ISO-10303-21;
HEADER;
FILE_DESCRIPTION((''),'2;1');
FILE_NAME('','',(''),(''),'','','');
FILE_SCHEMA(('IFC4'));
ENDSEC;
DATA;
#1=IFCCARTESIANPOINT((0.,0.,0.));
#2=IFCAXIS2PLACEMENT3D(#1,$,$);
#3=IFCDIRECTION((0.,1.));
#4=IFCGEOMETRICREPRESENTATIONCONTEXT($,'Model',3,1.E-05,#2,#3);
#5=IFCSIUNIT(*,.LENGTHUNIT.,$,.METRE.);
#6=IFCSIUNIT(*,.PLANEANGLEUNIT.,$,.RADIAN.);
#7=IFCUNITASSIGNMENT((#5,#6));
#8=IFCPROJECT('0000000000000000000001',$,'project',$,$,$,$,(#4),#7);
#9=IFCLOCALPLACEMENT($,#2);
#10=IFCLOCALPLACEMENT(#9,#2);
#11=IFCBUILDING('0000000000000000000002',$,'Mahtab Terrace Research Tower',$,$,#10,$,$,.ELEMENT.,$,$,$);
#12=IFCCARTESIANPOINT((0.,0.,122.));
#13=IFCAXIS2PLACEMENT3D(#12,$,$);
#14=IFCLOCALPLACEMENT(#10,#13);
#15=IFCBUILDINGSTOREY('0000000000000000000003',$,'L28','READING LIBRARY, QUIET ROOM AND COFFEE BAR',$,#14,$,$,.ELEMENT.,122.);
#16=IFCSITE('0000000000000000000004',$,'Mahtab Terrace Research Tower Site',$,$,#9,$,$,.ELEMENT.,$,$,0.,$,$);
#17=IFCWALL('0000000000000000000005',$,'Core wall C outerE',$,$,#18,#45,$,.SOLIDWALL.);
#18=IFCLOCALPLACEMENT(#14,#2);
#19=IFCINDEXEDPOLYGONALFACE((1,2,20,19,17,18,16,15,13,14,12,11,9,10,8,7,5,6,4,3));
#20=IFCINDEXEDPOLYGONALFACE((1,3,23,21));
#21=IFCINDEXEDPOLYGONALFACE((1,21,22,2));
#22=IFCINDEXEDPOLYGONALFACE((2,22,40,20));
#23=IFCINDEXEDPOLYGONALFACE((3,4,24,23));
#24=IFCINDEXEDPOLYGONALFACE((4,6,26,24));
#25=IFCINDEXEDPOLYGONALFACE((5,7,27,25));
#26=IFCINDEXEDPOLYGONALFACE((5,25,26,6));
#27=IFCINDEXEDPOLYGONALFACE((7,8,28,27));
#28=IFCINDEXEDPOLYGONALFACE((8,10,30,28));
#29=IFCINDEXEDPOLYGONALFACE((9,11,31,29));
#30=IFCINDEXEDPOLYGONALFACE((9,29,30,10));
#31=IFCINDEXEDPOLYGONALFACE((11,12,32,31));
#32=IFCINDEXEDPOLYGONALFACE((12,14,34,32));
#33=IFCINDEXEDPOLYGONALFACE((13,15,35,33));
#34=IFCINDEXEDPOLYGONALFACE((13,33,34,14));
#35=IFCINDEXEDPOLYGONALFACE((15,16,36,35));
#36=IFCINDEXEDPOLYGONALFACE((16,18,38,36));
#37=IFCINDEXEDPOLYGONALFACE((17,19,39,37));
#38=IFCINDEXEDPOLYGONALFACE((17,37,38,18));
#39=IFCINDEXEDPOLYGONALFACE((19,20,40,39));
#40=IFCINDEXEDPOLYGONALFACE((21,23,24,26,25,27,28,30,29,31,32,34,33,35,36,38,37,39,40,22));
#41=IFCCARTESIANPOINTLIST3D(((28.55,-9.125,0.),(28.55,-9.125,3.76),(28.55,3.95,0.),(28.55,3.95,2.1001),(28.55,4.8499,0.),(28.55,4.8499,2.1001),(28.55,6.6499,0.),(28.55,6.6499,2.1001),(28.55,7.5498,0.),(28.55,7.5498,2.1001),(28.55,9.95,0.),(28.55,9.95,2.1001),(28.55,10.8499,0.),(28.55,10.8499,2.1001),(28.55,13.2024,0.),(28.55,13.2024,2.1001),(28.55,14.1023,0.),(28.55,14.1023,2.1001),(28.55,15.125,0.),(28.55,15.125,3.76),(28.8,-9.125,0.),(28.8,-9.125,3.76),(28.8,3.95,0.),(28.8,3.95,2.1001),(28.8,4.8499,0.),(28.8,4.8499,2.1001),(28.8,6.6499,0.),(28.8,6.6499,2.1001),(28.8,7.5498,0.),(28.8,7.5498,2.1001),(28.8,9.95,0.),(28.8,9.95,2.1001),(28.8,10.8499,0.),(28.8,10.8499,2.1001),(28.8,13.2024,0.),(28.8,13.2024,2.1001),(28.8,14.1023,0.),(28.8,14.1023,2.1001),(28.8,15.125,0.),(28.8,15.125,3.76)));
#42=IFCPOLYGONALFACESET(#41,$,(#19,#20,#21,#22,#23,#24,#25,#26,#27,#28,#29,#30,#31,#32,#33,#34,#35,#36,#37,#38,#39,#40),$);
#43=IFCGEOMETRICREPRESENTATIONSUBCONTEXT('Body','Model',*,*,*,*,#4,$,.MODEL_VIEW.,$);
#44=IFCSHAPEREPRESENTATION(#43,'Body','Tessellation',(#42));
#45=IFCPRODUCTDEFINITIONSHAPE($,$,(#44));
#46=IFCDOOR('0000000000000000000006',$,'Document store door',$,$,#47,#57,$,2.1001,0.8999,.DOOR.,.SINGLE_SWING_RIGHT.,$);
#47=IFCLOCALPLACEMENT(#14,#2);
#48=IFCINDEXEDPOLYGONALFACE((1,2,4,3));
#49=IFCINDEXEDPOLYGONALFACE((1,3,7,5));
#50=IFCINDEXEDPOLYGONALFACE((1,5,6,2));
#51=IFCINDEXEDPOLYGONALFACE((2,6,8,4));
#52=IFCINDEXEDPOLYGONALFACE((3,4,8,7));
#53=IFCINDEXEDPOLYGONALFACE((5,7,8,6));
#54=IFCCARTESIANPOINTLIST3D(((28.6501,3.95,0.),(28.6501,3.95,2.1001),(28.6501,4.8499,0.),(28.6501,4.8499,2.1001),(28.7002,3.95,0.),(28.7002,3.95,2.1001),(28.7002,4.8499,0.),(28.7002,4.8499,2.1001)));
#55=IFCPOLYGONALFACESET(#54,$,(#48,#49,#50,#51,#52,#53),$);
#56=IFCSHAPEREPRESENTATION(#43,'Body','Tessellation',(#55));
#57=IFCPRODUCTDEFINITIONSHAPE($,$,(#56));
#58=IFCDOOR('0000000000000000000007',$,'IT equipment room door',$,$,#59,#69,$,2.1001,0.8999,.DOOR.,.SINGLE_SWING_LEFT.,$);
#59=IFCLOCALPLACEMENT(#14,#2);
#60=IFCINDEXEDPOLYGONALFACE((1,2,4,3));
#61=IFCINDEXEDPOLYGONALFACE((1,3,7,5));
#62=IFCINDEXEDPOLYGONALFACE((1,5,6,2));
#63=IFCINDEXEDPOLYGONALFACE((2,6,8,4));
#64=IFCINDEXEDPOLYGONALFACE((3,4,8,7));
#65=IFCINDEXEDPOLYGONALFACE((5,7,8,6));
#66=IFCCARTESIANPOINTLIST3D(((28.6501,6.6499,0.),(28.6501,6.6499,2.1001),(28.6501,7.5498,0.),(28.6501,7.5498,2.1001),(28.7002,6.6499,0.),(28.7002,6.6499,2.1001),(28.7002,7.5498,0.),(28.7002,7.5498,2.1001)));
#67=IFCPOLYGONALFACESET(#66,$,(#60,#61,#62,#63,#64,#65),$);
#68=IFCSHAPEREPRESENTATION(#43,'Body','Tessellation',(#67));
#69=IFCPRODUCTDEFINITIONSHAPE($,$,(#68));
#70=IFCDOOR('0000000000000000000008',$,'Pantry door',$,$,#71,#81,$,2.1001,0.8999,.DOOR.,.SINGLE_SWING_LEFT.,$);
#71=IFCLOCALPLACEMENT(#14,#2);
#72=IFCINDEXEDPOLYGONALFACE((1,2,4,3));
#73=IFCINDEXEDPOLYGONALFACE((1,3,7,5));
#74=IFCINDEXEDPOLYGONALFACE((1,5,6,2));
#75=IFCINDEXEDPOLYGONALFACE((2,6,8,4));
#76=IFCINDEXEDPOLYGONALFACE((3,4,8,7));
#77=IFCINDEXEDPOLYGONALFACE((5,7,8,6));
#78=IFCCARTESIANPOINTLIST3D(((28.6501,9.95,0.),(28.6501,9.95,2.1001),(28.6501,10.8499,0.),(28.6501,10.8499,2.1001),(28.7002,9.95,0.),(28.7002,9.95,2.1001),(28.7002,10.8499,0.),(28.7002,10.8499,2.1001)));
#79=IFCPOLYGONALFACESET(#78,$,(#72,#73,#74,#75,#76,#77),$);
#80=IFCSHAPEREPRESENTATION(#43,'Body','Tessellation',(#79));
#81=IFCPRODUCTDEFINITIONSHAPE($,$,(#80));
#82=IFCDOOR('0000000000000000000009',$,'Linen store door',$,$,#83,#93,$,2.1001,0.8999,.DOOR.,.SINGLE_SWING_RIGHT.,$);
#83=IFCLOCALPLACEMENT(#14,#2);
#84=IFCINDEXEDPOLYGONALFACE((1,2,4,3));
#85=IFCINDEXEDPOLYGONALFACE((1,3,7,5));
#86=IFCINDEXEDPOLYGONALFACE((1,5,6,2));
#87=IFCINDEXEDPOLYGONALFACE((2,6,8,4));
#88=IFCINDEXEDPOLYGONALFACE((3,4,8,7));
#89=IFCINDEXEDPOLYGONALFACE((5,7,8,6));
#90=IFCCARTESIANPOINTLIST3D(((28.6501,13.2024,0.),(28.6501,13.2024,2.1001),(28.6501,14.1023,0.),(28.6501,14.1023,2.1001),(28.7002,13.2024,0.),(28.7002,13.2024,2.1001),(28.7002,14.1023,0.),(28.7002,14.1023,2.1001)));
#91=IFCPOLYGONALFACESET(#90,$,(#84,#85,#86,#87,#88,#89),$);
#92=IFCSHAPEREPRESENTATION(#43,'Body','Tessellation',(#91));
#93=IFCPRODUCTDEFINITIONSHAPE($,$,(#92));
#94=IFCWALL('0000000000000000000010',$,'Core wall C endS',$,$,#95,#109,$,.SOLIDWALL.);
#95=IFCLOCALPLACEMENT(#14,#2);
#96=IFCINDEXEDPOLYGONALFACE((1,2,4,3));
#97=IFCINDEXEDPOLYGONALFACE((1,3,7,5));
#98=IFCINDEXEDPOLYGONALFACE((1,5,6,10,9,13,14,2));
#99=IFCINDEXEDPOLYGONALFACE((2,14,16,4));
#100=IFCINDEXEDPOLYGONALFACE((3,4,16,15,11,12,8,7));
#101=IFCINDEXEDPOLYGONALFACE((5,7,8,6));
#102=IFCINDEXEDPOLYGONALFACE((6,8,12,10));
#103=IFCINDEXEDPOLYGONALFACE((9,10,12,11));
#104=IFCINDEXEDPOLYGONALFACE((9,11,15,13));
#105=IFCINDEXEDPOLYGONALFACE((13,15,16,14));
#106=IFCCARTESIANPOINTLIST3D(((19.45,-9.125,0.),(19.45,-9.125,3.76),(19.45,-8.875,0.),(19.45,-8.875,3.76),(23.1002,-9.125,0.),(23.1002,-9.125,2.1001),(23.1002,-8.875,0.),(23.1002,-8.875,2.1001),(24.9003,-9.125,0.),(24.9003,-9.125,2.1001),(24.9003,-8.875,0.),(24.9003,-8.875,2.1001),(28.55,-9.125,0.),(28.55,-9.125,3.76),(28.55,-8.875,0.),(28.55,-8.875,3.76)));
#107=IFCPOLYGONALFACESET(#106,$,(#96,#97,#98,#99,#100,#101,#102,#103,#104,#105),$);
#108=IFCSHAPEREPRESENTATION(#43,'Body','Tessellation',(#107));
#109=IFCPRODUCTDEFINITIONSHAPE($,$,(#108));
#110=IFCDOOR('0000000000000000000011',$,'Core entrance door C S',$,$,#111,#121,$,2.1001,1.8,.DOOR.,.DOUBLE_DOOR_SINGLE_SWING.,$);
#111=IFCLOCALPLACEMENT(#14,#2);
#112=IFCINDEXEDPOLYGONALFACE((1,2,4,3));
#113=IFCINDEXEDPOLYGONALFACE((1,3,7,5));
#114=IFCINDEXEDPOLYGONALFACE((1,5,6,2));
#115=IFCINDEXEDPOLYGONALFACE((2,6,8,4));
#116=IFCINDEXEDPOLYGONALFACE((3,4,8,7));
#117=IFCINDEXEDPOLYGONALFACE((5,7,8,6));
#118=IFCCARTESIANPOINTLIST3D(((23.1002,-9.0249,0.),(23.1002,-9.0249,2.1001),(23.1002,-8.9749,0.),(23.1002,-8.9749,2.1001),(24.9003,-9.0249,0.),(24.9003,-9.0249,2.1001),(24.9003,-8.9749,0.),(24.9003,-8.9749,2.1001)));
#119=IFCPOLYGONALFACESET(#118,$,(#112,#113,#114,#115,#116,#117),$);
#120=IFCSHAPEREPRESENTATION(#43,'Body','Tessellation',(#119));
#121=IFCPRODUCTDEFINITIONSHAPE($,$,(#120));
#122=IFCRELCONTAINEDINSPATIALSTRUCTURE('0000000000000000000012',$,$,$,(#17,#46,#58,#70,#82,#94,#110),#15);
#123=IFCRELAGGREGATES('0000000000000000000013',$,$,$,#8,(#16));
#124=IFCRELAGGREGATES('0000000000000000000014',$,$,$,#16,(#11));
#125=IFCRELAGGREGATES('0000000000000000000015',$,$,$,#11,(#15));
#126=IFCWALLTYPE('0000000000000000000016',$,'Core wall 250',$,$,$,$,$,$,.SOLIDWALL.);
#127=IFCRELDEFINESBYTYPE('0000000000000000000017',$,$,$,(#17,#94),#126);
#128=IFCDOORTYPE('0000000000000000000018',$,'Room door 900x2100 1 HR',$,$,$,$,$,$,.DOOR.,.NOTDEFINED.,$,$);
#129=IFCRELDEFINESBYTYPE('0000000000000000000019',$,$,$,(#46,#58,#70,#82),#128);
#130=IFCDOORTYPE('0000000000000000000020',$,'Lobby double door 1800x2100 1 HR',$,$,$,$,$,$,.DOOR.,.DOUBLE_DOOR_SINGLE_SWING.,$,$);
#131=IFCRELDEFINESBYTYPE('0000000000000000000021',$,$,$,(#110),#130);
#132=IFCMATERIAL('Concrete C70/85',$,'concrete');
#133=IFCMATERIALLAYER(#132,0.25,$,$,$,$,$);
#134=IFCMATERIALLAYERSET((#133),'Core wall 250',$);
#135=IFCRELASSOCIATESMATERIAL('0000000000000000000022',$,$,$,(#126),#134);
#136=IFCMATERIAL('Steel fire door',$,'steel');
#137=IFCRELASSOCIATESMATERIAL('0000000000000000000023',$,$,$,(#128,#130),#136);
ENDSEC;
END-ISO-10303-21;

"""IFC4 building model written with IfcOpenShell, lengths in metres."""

from ifc_helpers import new_model, si_unit, direction, frame, frame_2d, origin, place, context, subcontext, project, spatial, rectangle, extrude, material, layer, layer_set, type_object, element, fill, save


model = new_model("IFC4")

# Units and contexts
model_context = context("Model", 3, precision=1e-05, world=origin(), true_north=direction((0.0, 1.0)))
body_context = subcontext(model_context, "Body", "Model", "MODEL_VIEW")
ifc_project = project(units=[si_unit("LENGTHUNIT", "METRE"), si_unit("PLANEANGLEUNIT", "RADIAN")], contexts=[model_context])

# Site, building, storey
site_placement = place(None, origin())
site = spatial("IfcSite", under=ifc_project, at=site_placement, Name="Mahtab Terrace Research Tower Site", CompositionType="ELEMENT", RefElevation=0.0)
building_placement = place(site_placement, origin())
building = spatial("IfcBuilding", under=site, at=building_placement, Name="Mahtab Terrace Research Tower", CompositionType="ELEMENT")
storey_placement = place(building_placement, frame((0.0, 0.0, 122.0)))
storey = spatial("IfcBuildingStorey", under=building, at=storey_placement, Name="L28", Description="READING LIBRARY, QUIET ROOM AND COFFEE BAR", CompositionType="ELEMENT", Elevation=122.0)

# Wall, openings, doors
ifc_material_1 = material(Name="Concrete C70/85", Category="concrete")
ifc_layer_1 = layer(ifc_material_1, 0.25)
ifc_layer_set_1 = layer_set([ifc_layer_1], Name="Core wall 250")
wall_type_1 = type_object("IfcWallType", Name="Core wall 250", PredefinedType="SOLIDWALL", material=ifc_layer_set_1)
wall_1_placement = place(storey_placement, frame((28.675, -9.125, 0.0), z_axis=(0.0, 0.0, 1.0), x_axis=(0.0, 1.0, 0.0)))
wall_1 = element("IfcWall", 1, at=wall_1_placement, inside=storey, type_object=wall_type_1, Name="Core wall C outerE", PredefinedType="SOLIDWALL", context=body_context, shape_type="SweptSolid", body=[
    extrude(rectangle(XDim=24.25, YDim=0.25, at=frame_2d((12.125, 0.0))), origin(), (0.0, 0.0, 1.0), 3.76),
])
opening_1_placement = place(wall_1_placement, frame((13.075, 0.0, 0.0)))
opening_1 = element("IfcOpeningElement", 2, at=opening_1_placement, cuts=wall_1, PredefinedType="OPENING", context=body_context, shape_type="SweptSolid", body=[
    extrude(rectangle(XDim=0.8999, YDim=2.1001, at=frame_2d((0.45, 1.05))), frame((0.0, 0.135, 0.0), z_axis=(0.0, -1.0, 0.0), x_axis=(1.0, 0.0, 0.0)), (0.0, 0.0, 1.0), 0.27),
])
opening_2_placement = place(wall_1_placement, frame((15.7749, 0.0, 0.0)))
opening_2 = element("IfcOpeningElement", 3, at=opening_2_placement, cuts=wall_1, PredefinedType="OPENING", context=body_context, shape_type="SweptSolid", body=[
    extrude(rectangle(XDim=0.8999, YDim=2.1001, at=frame_2d((0.45, 1.05))), frame((0.0, 0.135, 0.0), z_axis=(0.0, -1.0, 0.0), x_axis=(1.0, 0.0, 0.0)), (0.0, 0.0, 1.0), 0.27),
])
opening_3_placement = place(wall_1_placement, frame((19.075, 0.0, 0.0)))
opening_3 = element("IfcOpeningElement", 4, at=opening_3_placement, cuts=wall_1, PredefinedType="OPENING", context=body_context, shape_type="SweptSolid", body=[
    extrude(rectangle(XDim=0.8999, YDim=2.1001, at=frame_2d((0.45, 1.05))), frame((0.0, 0.135, 0.0), z_axis=(0.0, -1.0, 0.0), x_axis=(1.0, 0.0, 0.0)), (0.0, 0.0, 1.0), 0.27),
])
opening_4_placement = place(wall_1_placement, frame((22.3274, 0.0, 0.0)))
opening_4 = element("IfcOpeningElement", 5, at=opening_4_placement, cuts=wall_1, PredefinedType="OPENING", context=body_context, shape_type="SweptSolid", body=[
    extrude(rectangle(XDim=0.8999, YDim=2.1001, at=frame_2d((0.45, 1.05))), frame((0.0, 0.135, 0.0), z_axis=(0.0, -1.0, 0.0), x_axis=(1.0, 0.0, 0.0)), (0.0, 0.0, 1.0), 0.27),
])
ifc_material_2 = material(Name="Steel fire door", Category="steel")
door_type_1 = type_object("IfcDoorType", Name="Room door 900x2100 1 HR", OperationType="NOTDEFINED", PredefinedType="DOOR", material=ifc_material_2)
door_1_placement = place(opening_1_placement, origin())
door_1 = element("IfcDoor", 6, at=door_1_placement, inside=storey, type_object=door_type_1, Name="Document store door", OperationType="SINGLE_SWING_RIGHT", OverallHeight=2.1001, OverallWidth=0.8999, PredefinedType="DOOR", context=body_context, shape_type="SweptSolid", body=[
    extrude(rectangle(XDim=0.8999, YDim=2.1001, at=frame_2d((0.45, 1.05))), frame((0.0, 0.0249, 0.0), z_axis=(0.0, -1.0, 0.0), x_axis=(1.0, 0.0, 0.0)), (0.0, 0.0, 1.0), 0.05),
])
fill(opening_1, door_1)
door_2_placement = place(opening_2_placement, origin())
door_2 = element("IfcDoor", 7, at=door_2_placement, inside=storey, type_object=door_type_1, Name="IT equipment room door", OperationType="SINGLE_SWING_LEFT", OverallHeight=2.1001, OverallWidth=0.8999, PredefinedType="DOOR", context=body_context, shape_type="SweptSolid", body=[
    extrude(rectangle(XDim=0.8999, YDim=2.1001, at=frame_2d((0.45, 1.05))), frame((0.0, 0.0249, 0.0), z_axis=(0.0, -1.0, 0.0), x_axis=(1.0, 0.0, 0.0)), (0.0, 0.0, 1.0), 0.05),
])
fill(opening_2, door_2)
door_3_placement = place(opening_3_placement, origin())
door_3 = element("IfcDoor", 8, at=door_3_placement, inside=storey, type_object=door_type_1, Name="Pantry door", OperationType="SINGLE_SWING_LEFT", OverallHeight=2.1001, OverallWidth=0.8999, PredefinedType="DOOR", context=body_context, shape_type="SweptSolid", body=[
    extrude(rectangle(XDim=0.8999, YDim=2.1001, at=frame_2d((0.45, 1.05))), frame((0.0, 0.0249, 0.0), z_axis=(0.0, -1.0, 0.0), x_axis=(1.0, 0.0, 0.0)), (0.0, 0.0, 1.0), 0.05),
])
fill(opening_3, door_3)
door_4_placement = place(opening_4_placement, origin())
door_4 = element("IfcDoor", 9, at=door_4_placement, inside=storey, type_object=door_type_1, Name="Linen store door", OperationType="SINGLE_SWING_RIGHT", OverallHeight=2.1001, OverallWidth=0.8999, PredefinedType="DOOR", context=body_context, shape_type="SweptSolid", body=[
    extrude(rectangle(XDim=0.8999, YDim=2.1001, at=frame_2d((0.45, 1.05))), frame((0.0, 0.0249, 0.0), z_axis=(0.0, -1.0, 0.0), x_axis=(1.0, 0.0, 0.0)), (0.0, 0.0, 1.0), 0.05),
])
fill(opening_4, door_4)

# Wall, opening, door
wall_2_placement = place(storey_placement, frame((28.55, -9.0, 0.0), z_axis=(0.0, 0.0, 1.0), x_axis=(-1.0, 0.0, 0.0)))
wall_2 = element("IfcWall", 10, at=wall_2_placement, inside=storey, type_object=wall_type_1, Name="Core wall C endS", PredefinedType="SOLIDWALL", context=body_context, shape_type="SweptSolid", body=[
    extrude(rectangle(XDim=9.1001, YDim=0.25, at=frame_2d((4.55, 0.0))), origin(), (0.0, 0.0, 1.0), 3.76),
])
opening_5_placement = place(wall_2_placement, frame((3.6499, 0.0, 0.0)))
opening_5 = element("IfcOpeningElement", 11, at=opening_5_placement, cuts=wall_2, PredefinedType="OPENING", context=body_context, shape_type="SweptSolid", body=[
    extrude(rectangle(XDim=1.8, YDim=2.1001, at=frame_2d((0.8999, 1.05))), frame((0.0, 0.135, 0.0), z_axis=(0.0, -1.0, 0.0), x_axis=(1.0, 0.0, 0.0)), (0.0, 0.0, 1.0), 0.27),
])
door_type_2 = type_object("IfcDoorType", Name="Lobby double door 1800x2100 1 HR", OperationType="DOUBLE_DOOR_SINGLE_SWING", PredefinedType="DOOR", material=ifc_material_2)
door_5_placement = place(opening_5_placement, origin())
door_5 = element("IfcDoor", 12, at=door_5_placement, inside=storey, type_object=door_type_2, Name="Core entrance door C S", OperationType="DOUBLE_DOOR_SINGLE_SWING", OverallHeight=2.1001, OverallWidth=1.8, PredefinedType="DOOR", context=body_context, shape_type="SweptSolid", body=[
    extrude(rectangle(XDim=1.8, YDim=2.1001, at=frame_2d((0.8999, 1.05))), frame((0.0, 0.0249, 0.0), z_axis=(0.0, -1.0, 0.0), x_axis=(1.0, 0.0, 0.0)), (0.0, 0.0, 1.0), 0.05),
])
fill(opening_5, door_5)

save(model, "model.ifc")
